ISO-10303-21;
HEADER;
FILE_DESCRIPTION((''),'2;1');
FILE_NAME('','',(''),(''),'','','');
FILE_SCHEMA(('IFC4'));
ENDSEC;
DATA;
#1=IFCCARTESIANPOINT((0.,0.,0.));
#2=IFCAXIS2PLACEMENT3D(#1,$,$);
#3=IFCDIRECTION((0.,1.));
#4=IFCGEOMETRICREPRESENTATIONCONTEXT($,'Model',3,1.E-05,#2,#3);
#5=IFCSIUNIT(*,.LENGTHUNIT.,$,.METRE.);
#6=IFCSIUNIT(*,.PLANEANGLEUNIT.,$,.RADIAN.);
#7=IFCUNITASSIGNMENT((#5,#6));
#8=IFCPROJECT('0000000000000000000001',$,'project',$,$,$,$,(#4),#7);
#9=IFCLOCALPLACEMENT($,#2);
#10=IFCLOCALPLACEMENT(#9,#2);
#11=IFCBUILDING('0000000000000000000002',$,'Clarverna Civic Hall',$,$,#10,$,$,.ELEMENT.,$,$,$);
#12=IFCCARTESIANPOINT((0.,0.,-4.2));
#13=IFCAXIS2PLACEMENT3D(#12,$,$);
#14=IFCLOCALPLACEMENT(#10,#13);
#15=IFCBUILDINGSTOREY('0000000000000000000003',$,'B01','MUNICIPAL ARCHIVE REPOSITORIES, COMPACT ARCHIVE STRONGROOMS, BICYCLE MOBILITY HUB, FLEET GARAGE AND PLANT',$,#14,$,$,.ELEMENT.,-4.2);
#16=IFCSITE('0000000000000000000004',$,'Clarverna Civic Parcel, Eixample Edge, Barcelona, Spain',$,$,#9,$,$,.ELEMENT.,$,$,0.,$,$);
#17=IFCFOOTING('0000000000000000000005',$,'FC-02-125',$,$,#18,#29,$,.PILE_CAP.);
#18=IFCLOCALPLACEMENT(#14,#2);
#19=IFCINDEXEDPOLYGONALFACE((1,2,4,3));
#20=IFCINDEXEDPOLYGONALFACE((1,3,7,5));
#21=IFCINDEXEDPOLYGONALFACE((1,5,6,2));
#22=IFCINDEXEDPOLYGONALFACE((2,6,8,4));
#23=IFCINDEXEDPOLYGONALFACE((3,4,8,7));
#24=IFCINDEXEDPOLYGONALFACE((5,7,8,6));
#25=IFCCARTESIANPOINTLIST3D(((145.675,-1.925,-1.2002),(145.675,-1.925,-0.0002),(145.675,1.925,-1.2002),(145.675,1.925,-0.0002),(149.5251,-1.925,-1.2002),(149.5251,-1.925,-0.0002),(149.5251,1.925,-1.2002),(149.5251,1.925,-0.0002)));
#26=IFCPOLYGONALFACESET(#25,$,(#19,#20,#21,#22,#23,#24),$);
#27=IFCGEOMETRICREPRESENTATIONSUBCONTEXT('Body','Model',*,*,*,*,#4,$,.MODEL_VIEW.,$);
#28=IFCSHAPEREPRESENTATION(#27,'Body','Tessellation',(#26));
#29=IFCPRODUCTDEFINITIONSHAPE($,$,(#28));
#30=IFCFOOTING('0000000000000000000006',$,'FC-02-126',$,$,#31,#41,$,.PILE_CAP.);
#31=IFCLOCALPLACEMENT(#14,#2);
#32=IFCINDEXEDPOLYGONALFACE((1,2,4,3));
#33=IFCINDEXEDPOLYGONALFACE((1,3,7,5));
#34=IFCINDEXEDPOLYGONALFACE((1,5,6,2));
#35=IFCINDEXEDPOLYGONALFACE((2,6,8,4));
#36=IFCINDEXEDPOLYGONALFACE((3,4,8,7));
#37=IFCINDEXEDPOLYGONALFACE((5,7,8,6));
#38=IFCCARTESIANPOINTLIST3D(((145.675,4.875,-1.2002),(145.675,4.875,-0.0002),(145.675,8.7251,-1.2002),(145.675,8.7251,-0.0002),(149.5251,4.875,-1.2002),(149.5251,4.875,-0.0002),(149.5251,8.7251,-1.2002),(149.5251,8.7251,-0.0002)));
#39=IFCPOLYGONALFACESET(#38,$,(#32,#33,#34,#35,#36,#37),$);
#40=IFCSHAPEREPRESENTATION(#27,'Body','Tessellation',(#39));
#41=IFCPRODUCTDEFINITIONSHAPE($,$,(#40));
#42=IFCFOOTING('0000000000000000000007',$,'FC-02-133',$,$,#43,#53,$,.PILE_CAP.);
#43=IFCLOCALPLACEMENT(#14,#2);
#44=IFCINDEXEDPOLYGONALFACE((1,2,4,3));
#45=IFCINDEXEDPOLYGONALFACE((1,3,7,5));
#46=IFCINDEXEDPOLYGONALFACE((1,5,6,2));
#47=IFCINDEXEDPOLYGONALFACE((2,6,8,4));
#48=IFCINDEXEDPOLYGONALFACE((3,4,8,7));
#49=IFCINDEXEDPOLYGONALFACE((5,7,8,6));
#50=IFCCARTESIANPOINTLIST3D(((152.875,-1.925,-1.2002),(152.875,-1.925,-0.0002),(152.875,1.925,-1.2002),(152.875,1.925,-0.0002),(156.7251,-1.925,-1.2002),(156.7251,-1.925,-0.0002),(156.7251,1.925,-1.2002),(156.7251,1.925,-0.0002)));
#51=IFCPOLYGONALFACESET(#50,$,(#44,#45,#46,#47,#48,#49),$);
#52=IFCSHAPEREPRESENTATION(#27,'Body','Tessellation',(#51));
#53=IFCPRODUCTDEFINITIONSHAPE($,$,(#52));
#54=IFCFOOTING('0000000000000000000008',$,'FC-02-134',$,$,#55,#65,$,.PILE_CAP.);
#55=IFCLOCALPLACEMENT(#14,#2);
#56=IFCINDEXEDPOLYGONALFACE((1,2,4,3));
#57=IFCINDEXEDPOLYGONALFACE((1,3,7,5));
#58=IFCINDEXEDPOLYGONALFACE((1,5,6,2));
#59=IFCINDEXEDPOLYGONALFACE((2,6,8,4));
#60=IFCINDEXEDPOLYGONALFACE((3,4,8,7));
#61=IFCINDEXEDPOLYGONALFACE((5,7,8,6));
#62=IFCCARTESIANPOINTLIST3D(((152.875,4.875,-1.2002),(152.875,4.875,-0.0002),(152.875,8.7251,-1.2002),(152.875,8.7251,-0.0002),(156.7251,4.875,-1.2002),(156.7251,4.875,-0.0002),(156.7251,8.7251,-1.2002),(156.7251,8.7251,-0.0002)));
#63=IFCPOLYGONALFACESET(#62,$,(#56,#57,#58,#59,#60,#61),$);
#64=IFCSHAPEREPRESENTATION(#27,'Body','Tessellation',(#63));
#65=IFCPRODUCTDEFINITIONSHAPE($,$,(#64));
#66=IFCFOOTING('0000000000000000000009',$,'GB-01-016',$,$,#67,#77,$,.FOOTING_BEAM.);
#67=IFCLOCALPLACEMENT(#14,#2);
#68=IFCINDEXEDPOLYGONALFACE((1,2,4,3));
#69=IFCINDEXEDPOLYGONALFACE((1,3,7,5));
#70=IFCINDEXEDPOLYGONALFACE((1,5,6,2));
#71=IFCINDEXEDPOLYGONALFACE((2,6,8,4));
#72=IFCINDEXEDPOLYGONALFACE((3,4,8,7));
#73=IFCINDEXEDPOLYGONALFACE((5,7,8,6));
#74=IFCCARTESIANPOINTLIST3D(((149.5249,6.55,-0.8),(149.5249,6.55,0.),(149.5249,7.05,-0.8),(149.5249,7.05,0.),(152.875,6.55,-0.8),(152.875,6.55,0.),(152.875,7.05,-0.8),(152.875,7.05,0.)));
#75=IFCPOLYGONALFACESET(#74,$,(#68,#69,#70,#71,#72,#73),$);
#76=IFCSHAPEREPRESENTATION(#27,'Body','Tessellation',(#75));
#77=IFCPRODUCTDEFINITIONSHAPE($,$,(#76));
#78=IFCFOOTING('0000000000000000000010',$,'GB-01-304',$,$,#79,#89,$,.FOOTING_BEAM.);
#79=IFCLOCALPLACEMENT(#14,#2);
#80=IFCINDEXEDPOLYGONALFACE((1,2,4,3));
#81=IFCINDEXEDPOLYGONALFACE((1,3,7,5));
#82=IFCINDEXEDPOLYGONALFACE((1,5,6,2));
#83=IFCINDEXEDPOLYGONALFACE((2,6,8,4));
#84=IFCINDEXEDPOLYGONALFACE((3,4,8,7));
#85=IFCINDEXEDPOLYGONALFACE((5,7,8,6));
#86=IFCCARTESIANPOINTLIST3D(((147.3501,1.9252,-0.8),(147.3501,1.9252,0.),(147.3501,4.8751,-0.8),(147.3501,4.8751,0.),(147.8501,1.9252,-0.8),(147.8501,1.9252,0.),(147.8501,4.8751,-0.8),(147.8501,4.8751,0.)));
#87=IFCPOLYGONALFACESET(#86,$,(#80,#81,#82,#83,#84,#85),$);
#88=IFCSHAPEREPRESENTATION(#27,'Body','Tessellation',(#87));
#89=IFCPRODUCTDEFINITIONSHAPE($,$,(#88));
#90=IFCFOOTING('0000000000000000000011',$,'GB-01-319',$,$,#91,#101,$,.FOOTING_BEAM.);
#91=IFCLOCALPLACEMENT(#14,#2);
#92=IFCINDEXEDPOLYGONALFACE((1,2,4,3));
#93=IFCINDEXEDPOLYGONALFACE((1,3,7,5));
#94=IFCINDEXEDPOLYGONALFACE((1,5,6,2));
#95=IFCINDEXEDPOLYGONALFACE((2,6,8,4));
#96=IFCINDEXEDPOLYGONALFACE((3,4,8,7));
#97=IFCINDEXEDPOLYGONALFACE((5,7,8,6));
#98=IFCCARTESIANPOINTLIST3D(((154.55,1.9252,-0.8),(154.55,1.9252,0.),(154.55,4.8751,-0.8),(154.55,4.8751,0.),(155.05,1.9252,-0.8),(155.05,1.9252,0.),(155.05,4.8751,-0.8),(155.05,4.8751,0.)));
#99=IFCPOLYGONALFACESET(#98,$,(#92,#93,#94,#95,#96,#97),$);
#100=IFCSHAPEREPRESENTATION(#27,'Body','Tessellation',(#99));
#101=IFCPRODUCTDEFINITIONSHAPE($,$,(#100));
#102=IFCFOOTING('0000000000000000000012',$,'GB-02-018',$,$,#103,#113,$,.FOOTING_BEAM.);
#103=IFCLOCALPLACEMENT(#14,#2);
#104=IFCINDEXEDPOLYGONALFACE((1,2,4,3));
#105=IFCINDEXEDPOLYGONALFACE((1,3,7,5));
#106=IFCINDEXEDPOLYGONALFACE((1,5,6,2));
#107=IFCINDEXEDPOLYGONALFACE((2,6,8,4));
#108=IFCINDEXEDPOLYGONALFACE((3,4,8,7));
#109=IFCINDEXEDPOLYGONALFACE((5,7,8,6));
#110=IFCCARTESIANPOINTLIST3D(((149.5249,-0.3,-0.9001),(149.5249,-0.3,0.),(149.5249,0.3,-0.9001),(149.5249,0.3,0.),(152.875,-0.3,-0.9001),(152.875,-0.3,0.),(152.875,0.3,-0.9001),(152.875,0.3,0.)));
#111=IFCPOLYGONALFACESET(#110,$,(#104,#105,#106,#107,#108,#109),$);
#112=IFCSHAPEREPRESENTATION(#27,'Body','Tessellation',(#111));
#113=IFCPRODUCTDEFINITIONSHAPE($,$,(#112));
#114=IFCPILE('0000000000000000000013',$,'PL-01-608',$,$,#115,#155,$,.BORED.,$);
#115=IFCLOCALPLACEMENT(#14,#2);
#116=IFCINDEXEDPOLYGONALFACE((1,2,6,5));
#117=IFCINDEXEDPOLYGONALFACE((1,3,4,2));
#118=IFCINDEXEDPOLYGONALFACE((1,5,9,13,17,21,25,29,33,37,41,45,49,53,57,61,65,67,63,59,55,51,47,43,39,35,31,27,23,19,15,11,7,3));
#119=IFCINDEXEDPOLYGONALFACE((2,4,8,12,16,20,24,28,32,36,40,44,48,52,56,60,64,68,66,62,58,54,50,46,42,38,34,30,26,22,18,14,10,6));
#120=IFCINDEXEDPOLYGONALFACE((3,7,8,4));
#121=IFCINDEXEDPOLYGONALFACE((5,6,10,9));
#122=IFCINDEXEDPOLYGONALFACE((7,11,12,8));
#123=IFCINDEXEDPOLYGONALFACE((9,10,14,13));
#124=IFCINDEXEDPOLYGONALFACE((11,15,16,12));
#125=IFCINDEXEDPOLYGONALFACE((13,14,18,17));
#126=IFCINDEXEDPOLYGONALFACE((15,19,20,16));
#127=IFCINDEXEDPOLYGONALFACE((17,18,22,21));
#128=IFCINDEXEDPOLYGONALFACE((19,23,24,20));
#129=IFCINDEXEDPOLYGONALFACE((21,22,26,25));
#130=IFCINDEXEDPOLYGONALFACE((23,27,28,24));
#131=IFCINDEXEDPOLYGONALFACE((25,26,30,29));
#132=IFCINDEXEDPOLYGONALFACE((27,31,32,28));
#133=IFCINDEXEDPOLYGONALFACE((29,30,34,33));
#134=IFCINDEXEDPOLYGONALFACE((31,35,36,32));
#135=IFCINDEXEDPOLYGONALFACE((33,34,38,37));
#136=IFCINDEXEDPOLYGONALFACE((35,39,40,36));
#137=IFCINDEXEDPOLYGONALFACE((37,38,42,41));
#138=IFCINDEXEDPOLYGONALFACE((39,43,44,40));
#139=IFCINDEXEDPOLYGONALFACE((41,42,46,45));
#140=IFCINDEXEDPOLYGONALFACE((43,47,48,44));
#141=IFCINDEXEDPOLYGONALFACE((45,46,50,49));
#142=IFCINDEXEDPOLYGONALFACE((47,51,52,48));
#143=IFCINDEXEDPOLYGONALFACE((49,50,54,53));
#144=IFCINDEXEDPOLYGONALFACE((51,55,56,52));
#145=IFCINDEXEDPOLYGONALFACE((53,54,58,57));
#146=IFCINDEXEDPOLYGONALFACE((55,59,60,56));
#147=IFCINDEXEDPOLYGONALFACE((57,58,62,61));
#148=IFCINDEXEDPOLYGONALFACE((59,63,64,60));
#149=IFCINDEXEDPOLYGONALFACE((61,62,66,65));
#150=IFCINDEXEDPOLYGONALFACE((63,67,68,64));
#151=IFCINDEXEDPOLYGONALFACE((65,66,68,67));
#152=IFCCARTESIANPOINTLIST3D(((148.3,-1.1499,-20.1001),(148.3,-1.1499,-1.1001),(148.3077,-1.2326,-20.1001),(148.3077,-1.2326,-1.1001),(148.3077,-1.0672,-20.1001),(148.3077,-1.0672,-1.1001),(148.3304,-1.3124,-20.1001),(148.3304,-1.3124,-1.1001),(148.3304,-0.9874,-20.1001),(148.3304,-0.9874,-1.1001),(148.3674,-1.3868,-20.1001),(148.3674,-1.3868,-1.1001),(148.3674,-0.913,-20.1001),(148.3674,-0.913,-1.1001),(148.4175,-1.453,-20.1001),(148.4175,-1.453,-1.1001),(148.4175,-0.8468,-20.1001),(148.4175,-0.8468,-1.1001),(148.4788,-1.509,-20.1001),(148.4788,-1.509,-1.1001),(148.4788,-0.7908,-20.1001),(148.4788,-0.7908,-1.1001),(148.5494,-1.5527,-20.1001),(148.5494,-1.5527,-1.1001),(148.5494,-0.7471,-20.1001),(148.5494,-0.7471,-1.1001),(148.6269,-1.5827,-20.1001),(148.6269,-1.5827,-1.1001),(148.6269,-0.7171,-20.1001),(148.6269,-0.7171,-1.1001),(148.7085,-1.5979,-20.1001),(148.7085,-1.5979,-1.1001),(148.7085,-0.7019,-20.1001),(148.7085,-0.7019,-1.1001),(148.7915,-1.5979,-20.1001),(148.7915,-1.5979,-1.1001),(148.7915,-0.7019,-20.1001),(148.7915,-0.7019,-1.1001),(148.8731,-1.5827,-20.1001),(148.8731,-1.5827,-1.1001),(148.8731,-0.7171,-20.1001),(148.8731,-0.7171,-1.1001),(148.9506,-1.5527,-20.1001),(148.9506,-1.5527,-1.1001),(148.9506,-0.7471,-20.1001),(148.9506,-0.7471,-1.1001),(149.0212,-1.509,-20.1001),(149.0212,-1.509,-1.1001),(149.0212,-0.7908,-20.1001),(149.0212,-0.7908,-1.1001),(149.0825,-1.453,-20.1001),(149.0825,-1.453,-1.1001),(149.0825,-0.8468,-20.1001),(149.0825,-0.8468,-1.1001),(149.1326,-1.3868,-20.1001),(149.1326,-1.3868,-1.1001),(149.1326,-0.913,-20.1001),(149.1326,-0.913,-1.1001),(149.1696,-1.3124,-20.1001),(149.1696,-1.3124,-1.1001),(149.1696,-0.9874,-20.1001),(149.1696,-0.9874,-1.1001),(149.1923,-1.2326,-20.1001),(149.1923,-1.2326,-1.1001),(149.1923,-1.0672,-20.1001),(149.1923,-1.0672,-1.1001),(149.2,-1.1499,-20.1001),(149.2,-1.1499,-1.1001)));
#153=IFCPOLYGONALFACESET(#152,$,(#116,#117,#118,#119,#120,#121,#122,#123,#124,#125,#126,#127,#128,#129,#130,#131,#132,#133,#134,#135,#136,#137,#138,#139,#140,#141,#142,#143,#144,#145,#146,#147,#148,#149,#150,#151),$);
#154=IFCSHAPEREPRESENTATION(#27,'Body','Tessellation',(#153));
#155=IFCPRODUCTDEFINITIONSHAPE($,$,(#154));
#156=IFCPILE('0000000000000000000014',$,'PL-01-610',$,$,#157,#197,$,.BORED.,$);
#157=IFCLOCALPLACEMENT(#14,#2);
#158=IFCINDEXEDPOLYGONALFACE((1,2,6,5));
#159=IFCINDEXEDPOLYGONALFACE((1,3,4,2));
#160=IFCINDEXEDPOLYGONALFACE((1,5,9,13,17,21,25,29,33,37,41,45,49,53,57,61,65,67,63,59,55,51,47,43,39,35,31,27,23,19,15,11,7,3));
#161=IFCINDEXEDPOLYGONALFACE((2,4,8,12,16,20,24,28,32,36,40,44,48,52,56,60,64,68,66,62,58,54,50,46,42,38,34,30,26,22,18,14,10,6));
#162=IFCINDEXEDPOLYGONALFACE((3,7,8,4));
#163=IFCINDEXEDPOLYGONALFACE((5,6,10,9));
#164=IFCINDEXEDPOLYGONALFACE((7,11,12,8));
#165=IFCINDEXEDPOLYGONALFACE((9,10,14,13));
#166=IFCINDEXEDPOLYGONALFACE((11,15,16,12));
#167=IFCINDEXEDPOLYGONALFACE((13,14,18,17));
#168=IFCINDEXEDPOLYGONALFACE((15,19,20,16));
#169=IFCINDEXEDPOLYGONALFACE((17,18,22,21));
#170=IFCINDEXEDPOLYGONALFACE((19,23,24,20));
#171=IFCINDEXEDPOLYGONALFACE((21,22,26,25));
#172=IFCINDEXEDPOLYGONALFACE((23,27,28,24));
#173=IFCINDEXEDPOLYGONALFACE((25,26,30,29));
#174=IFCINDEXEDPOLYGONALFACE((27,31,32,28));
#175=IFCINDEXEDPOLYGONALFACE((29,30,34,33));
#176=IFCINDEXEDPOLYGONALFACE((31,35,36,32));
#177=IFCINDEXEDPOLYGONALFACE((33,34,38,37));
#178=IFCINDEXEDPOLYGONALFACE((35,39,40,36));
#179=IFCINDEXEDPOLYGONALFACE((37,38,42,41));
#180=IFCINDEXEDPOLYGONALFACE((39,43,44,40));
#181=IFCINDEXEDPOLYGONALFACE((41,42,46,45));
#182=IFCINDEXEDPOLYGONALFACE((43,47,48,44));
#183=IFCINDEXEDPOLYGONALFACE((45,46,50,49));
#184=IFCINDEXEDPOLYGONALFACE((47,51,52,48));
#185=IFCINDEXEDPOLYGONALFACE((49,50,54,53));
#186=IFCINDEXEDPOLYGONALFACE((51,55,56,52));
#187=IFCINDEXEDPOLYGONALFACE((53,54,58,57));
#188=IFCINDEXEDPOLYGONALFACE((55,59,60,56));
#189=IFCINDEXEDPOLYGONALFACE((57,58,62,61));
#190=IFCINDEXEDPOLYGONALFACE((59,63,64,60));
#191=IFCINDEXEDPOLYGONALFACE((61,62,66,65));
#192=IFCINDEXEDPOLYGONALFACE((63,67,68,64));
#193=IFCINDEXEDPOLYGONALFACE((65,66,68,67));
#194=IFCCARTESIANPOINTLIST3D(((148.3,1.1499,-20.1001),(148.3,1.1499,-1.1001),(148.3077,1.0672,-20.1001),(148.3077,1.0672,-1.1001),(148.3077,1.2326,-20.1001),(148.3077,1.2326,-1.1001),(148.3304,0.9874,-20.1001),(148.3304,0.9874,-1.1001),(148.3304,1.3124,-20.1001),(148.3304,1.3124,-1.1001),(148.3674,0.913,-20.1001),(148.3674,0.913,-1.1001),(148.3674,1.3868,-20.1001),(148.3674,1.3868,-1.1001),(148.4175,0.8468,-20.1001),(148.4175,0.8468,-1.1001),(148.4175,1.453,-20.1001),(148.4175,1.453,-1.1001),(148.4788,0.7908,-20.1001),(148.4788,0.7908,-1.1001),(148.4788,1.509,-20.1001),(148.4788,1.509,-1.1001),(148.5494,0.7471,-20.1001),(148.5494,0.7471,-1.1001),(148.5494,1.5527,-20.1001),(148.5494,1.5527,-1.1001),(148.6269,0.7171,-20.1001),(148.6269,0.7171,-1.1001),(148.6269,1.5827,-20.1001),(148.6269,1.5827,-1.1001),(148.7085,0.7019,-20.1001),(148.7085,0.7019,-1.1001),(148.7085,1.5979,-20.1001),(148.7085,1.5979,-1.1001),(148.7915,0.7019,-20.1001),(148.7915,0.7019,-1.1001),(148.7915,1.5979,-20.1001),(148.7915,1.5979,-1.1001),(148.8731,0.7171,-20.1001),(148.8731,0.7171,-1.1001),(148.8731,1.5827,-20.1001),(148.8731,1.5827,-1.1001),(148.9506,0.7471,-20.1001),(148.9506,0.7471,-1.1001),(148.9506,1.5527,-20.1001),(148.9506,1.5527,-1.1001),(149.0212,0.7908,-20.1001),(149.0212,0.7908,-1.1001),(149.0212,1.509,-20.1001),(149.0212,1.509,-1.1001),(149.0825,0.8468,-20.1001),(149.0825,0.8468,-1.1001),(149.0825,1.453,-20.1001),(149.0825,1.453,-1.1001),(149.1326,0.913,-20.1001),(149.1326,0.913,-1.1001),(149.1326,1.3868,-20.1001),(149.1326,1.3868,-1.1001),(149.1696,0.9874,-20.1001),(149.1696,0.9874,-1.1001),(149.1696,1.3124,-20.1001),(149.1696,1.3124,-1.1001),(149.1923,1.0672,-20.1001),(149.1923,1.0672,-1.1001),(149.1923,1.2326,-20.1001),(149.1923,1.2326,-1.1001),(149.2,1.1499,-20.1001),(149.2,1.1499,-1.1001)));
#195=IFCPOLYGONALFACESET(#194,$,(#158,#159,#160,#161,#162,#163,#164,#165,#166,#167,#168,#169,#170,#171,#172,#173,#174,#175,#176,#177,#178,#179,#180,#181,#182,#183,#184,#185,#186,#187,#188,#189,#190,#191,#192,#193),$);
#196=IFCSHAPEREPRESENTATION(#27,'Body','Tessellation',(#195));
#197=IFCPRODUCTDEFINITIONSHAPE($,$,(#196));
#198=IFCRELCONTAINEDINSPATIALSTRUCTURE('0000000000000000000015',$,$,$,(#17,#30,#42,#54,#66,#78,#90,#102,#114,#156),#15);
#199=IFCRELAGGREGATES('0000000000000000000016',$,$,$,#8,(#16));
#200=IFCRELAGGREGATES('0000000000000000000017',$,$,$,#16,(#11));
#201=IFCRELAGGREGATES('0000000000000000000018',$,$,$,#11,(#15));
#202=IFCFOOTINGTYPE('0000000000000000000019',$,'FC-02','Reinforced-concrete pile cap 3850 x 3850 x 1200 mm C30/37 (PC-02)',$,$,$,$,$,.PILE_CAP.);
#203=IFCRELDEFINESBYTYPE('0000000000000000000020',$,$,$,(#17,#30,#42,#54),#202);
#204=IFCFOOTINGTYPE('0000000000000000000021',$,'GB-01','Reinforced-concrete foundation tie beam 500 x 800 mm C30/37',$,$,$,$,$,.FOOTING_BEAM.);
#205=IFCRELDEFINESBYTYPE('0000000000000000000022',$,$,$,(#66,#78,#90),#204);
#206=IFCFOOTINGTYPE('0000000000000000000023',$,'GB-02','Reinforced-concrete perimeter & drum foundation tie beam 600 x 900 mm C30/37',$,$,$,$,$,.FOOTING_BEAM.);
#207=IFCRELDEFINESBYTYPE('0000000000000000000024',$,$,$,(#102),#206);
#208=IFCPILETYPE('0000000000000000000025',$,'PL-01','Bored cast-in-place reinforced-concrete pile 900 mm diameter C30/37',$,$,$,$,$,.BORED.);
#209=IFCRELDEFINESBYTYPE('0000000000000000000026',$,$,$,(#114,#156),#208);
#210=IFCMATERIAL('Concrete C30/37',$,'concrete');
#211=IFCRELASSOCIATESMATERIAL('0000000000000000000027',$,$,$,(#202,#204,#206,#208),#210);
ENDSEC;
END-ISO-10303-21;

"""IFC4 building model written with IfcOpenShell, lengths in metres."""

from ifc_helpers import new_model, si_unit, direction, frame, frame_2d, origin, origin_2d, place, context, subcontext, project, spatial, rectangle, circle, extrude, material, material_profile, profile_set, type_object, element, save


model = new_model("IFC4")

# Units and contexts
model_context = context("Model", 3, precision=1e-05, world=origin(), true_north=direction((0.0, 1.0)))
body_context = subcontext(model_context, "Body", "Model", "MODEL_VIEW")
ifc_project = project(units=[si_unit("LENGTHUNIT", "METRE"), si_unit("PLANEANGLEUNIT", "RADIAN")], contexts=[model_context])

# Site, building, storey
site_placement = place(None, origin())
site = spatial("IfcSite", under=ifc_project, at=site_placement, Name="Clarverna Civic Parcel, Eixample Edge, Barcelona, Spain", CompositionType="ELEMENT", RefElevation=0.0)
building_placement = place(site_placement, origin())
building = spatial("IfcBuilding", under=site, at=building_placement, Name="Clarverna Civic Hall", CompositionType="ELEMENT")
storey_placement = place(building_placement, frame((0.0, 0.0, -4.2)))
storey = spatial("IfcBuildingStorey", under=building, at=storey_placement, Name="B01", Description="MUNICIPAL ARCHIVE REPOSITORIES, COMPACT ARCHIVE STRONGROOMS, BICYCLE MOBILITY HUB, FLEET GARAGE AND PLANT", CompositionType="ELEMENT", Elevation=-4.2)

# Footings
ifc_material_1 = material(Name="Concrete C30/37", Category="concrete")
footing_type_1 = type_object("IfcFootingType", Name="FC-02", Description="Reinforced-concrete pile cap 3850 x 3850 x 1200 mm C30/37 (PC-02)", PredefinedType="PILE_CAP", material=ifc_material_1)
for number, where, z_axis, x_axis, name in (
    (1, (147.6001, 0.0, -1.2002), (0.0, 0.0, 1.0), (1.0, 0.0, 0.0), "FC-02-125"),
    (2, (147.6001, 6.8, -1.2002), (0.0, 0.0, 1.0), (1.0, 0.0, 0.0), "FC-02-126"),
    (3, (154.8, 0.0, -1.2002), (0.0, 0.0, 1.0), (1.0, 0.0, 0.0), "FC-02-133"),
    (4, (154.8, 6.8, -1.2002), (0.0, 0.0, 1.0), (1.0, 0.0, 0.0), "FC-02-134"),
):
    element("IfcFooting", number, at=place(storey_placement, frame(where, z_axis=z_axis, x_axis=x_axis)), inside=storey, type_object=footing_type_1, Name=name, PredefinedType="PILE_CAP", context=body_context, shape_type="SweptSolid", body=[
        extrude(rectangle(XDim=3.8501, YDim=3.8501, at=origin_2d()), origin(), (0.0, 0.0, 1.0), 1.2),
    ])
footing_type_2 = type_object("IfcFootingType", Name="GB-01", Description="Reinforced-concrete foundation tie beam 500 x 800 mm C30/37", PredefinedType="FOOTING_BEAM", material=ifc_material_1)
footing_1_placement = place(storey_placement, frame((149.5249, 6.8, -0.8), z_axis=(0.0, 0.0, 1.0), x_axis=(1.0, 0.0, 0.0)))
element("IfcFooting", 5, at=footing_1_placement, inside=storey, type_object=footing_type_2, Name="GB-01-016", PredefinedType="FOOTING_BEAM", context=body_context, shape_type="SweptSolid", body=[
    extrude(rectangle(XDim=3.3501, YDim=0.5, at=frame_2d((1.675, 0.0))), origin(), (0.0, 0.0, 1.0), 0.8),
])
for number, where, z_axis, x_axis, name in (
    (6, (147.6001, 1.925, -0.8), (0.0, 0.0, 1.0), (0.0, 1.0, 0.0), "GB-01-304"),
    (7, (154.8, 1.925, -0.8), (0.0, 0.0, 1.0), (0.0, 1.0, 0.0), "GB-01-319"),
):
    element("IfcFooting", number, at=place(storey_placement, frame(where, z_axis=z_axis, x_axis=x_axis)), inside=storey, type_object=footing_type_2, Name=name, PredefinedType="FOOTING_BEAM", context=body_context, shape_type="SweptSolid", body=[
        extrude(rectangle(XDim=2.95, YDim=0.5, at=frame_2d((1.4751, 0.0))), origin(), (0.0, 0.0, 1.0), 0.8),
    ])
footing_type_3 = type_object("IfcFootingType", Name="GB-02", Description="Reinforced-concrete perimeter & drum foundation tie beam 600 x 900 mm C30/37", PredefinedType="FOOTING_BEAM", material=ifc_material_1)
footing_2_placement = place(storey_placement, frame((149.5249, 0.0, -0.9001), z_axis=(0.0, 0.0, 1.0), x_axis=(1.0, 0.0, 0.0)))
element("IfcFooting", 8, at=footing_2_placement, inside=storey, type_object=footing_type_3, Name="GB-02-018", PredefinedType="FOOTING_BEAM", context=body_context, shape_type="SweptSolid", body=[
    extrude(rectangle(XDim=3.3501, YDim=0.6001, at=frame_2d((1.675, 0.0))), origin(), (0.0, 0.0, 1.0), 0.9001),
])

# Piles
ifc_material_profile_1 = material_profile(ifc_material_1, circle(Radius=0.45, at=origin_2d()), Name="BORED PILE D900")
ifc_profile_set_1 = profile_set([ifc_material_profile_1], Name="Concrete C30/37")
pile_type = type_object("IfcPileType", Name="PL-01", Description="Bored cast-in-place reinforced-concrete pile 900 mm diameter C30/37", PredefinedType="BORED", material=ifc_profile_set_1)
for number, where, z_axis, x_axis, name in (
    (9, (148.75, -1.1499, -1.1001), (0.0, 0.0, -1.0), (1.0, 0.0, 0.0), "PL-01-608"),
    (10, (148.75, 1.1499, -1.1001), (0.0, 0.0, -1.0), (1.0, 0.0, 0.0), "PL-01-610"),
):
    element("IfcPile", number, at=place(storey_placement, frame(where, z_axis=z_axis, x_axis=x_axis)), inside=storey, type_object=pile_type, Name=name, PredefinedType="BORED", context=body_context, shape_type="SweptSolid", body=[
        extrude(circle(Radius=0.45, at=origin_2d()), origin(), (0.0, 0.0, 1.0), 19.0),
    ])

save(model, "model.ifc")
